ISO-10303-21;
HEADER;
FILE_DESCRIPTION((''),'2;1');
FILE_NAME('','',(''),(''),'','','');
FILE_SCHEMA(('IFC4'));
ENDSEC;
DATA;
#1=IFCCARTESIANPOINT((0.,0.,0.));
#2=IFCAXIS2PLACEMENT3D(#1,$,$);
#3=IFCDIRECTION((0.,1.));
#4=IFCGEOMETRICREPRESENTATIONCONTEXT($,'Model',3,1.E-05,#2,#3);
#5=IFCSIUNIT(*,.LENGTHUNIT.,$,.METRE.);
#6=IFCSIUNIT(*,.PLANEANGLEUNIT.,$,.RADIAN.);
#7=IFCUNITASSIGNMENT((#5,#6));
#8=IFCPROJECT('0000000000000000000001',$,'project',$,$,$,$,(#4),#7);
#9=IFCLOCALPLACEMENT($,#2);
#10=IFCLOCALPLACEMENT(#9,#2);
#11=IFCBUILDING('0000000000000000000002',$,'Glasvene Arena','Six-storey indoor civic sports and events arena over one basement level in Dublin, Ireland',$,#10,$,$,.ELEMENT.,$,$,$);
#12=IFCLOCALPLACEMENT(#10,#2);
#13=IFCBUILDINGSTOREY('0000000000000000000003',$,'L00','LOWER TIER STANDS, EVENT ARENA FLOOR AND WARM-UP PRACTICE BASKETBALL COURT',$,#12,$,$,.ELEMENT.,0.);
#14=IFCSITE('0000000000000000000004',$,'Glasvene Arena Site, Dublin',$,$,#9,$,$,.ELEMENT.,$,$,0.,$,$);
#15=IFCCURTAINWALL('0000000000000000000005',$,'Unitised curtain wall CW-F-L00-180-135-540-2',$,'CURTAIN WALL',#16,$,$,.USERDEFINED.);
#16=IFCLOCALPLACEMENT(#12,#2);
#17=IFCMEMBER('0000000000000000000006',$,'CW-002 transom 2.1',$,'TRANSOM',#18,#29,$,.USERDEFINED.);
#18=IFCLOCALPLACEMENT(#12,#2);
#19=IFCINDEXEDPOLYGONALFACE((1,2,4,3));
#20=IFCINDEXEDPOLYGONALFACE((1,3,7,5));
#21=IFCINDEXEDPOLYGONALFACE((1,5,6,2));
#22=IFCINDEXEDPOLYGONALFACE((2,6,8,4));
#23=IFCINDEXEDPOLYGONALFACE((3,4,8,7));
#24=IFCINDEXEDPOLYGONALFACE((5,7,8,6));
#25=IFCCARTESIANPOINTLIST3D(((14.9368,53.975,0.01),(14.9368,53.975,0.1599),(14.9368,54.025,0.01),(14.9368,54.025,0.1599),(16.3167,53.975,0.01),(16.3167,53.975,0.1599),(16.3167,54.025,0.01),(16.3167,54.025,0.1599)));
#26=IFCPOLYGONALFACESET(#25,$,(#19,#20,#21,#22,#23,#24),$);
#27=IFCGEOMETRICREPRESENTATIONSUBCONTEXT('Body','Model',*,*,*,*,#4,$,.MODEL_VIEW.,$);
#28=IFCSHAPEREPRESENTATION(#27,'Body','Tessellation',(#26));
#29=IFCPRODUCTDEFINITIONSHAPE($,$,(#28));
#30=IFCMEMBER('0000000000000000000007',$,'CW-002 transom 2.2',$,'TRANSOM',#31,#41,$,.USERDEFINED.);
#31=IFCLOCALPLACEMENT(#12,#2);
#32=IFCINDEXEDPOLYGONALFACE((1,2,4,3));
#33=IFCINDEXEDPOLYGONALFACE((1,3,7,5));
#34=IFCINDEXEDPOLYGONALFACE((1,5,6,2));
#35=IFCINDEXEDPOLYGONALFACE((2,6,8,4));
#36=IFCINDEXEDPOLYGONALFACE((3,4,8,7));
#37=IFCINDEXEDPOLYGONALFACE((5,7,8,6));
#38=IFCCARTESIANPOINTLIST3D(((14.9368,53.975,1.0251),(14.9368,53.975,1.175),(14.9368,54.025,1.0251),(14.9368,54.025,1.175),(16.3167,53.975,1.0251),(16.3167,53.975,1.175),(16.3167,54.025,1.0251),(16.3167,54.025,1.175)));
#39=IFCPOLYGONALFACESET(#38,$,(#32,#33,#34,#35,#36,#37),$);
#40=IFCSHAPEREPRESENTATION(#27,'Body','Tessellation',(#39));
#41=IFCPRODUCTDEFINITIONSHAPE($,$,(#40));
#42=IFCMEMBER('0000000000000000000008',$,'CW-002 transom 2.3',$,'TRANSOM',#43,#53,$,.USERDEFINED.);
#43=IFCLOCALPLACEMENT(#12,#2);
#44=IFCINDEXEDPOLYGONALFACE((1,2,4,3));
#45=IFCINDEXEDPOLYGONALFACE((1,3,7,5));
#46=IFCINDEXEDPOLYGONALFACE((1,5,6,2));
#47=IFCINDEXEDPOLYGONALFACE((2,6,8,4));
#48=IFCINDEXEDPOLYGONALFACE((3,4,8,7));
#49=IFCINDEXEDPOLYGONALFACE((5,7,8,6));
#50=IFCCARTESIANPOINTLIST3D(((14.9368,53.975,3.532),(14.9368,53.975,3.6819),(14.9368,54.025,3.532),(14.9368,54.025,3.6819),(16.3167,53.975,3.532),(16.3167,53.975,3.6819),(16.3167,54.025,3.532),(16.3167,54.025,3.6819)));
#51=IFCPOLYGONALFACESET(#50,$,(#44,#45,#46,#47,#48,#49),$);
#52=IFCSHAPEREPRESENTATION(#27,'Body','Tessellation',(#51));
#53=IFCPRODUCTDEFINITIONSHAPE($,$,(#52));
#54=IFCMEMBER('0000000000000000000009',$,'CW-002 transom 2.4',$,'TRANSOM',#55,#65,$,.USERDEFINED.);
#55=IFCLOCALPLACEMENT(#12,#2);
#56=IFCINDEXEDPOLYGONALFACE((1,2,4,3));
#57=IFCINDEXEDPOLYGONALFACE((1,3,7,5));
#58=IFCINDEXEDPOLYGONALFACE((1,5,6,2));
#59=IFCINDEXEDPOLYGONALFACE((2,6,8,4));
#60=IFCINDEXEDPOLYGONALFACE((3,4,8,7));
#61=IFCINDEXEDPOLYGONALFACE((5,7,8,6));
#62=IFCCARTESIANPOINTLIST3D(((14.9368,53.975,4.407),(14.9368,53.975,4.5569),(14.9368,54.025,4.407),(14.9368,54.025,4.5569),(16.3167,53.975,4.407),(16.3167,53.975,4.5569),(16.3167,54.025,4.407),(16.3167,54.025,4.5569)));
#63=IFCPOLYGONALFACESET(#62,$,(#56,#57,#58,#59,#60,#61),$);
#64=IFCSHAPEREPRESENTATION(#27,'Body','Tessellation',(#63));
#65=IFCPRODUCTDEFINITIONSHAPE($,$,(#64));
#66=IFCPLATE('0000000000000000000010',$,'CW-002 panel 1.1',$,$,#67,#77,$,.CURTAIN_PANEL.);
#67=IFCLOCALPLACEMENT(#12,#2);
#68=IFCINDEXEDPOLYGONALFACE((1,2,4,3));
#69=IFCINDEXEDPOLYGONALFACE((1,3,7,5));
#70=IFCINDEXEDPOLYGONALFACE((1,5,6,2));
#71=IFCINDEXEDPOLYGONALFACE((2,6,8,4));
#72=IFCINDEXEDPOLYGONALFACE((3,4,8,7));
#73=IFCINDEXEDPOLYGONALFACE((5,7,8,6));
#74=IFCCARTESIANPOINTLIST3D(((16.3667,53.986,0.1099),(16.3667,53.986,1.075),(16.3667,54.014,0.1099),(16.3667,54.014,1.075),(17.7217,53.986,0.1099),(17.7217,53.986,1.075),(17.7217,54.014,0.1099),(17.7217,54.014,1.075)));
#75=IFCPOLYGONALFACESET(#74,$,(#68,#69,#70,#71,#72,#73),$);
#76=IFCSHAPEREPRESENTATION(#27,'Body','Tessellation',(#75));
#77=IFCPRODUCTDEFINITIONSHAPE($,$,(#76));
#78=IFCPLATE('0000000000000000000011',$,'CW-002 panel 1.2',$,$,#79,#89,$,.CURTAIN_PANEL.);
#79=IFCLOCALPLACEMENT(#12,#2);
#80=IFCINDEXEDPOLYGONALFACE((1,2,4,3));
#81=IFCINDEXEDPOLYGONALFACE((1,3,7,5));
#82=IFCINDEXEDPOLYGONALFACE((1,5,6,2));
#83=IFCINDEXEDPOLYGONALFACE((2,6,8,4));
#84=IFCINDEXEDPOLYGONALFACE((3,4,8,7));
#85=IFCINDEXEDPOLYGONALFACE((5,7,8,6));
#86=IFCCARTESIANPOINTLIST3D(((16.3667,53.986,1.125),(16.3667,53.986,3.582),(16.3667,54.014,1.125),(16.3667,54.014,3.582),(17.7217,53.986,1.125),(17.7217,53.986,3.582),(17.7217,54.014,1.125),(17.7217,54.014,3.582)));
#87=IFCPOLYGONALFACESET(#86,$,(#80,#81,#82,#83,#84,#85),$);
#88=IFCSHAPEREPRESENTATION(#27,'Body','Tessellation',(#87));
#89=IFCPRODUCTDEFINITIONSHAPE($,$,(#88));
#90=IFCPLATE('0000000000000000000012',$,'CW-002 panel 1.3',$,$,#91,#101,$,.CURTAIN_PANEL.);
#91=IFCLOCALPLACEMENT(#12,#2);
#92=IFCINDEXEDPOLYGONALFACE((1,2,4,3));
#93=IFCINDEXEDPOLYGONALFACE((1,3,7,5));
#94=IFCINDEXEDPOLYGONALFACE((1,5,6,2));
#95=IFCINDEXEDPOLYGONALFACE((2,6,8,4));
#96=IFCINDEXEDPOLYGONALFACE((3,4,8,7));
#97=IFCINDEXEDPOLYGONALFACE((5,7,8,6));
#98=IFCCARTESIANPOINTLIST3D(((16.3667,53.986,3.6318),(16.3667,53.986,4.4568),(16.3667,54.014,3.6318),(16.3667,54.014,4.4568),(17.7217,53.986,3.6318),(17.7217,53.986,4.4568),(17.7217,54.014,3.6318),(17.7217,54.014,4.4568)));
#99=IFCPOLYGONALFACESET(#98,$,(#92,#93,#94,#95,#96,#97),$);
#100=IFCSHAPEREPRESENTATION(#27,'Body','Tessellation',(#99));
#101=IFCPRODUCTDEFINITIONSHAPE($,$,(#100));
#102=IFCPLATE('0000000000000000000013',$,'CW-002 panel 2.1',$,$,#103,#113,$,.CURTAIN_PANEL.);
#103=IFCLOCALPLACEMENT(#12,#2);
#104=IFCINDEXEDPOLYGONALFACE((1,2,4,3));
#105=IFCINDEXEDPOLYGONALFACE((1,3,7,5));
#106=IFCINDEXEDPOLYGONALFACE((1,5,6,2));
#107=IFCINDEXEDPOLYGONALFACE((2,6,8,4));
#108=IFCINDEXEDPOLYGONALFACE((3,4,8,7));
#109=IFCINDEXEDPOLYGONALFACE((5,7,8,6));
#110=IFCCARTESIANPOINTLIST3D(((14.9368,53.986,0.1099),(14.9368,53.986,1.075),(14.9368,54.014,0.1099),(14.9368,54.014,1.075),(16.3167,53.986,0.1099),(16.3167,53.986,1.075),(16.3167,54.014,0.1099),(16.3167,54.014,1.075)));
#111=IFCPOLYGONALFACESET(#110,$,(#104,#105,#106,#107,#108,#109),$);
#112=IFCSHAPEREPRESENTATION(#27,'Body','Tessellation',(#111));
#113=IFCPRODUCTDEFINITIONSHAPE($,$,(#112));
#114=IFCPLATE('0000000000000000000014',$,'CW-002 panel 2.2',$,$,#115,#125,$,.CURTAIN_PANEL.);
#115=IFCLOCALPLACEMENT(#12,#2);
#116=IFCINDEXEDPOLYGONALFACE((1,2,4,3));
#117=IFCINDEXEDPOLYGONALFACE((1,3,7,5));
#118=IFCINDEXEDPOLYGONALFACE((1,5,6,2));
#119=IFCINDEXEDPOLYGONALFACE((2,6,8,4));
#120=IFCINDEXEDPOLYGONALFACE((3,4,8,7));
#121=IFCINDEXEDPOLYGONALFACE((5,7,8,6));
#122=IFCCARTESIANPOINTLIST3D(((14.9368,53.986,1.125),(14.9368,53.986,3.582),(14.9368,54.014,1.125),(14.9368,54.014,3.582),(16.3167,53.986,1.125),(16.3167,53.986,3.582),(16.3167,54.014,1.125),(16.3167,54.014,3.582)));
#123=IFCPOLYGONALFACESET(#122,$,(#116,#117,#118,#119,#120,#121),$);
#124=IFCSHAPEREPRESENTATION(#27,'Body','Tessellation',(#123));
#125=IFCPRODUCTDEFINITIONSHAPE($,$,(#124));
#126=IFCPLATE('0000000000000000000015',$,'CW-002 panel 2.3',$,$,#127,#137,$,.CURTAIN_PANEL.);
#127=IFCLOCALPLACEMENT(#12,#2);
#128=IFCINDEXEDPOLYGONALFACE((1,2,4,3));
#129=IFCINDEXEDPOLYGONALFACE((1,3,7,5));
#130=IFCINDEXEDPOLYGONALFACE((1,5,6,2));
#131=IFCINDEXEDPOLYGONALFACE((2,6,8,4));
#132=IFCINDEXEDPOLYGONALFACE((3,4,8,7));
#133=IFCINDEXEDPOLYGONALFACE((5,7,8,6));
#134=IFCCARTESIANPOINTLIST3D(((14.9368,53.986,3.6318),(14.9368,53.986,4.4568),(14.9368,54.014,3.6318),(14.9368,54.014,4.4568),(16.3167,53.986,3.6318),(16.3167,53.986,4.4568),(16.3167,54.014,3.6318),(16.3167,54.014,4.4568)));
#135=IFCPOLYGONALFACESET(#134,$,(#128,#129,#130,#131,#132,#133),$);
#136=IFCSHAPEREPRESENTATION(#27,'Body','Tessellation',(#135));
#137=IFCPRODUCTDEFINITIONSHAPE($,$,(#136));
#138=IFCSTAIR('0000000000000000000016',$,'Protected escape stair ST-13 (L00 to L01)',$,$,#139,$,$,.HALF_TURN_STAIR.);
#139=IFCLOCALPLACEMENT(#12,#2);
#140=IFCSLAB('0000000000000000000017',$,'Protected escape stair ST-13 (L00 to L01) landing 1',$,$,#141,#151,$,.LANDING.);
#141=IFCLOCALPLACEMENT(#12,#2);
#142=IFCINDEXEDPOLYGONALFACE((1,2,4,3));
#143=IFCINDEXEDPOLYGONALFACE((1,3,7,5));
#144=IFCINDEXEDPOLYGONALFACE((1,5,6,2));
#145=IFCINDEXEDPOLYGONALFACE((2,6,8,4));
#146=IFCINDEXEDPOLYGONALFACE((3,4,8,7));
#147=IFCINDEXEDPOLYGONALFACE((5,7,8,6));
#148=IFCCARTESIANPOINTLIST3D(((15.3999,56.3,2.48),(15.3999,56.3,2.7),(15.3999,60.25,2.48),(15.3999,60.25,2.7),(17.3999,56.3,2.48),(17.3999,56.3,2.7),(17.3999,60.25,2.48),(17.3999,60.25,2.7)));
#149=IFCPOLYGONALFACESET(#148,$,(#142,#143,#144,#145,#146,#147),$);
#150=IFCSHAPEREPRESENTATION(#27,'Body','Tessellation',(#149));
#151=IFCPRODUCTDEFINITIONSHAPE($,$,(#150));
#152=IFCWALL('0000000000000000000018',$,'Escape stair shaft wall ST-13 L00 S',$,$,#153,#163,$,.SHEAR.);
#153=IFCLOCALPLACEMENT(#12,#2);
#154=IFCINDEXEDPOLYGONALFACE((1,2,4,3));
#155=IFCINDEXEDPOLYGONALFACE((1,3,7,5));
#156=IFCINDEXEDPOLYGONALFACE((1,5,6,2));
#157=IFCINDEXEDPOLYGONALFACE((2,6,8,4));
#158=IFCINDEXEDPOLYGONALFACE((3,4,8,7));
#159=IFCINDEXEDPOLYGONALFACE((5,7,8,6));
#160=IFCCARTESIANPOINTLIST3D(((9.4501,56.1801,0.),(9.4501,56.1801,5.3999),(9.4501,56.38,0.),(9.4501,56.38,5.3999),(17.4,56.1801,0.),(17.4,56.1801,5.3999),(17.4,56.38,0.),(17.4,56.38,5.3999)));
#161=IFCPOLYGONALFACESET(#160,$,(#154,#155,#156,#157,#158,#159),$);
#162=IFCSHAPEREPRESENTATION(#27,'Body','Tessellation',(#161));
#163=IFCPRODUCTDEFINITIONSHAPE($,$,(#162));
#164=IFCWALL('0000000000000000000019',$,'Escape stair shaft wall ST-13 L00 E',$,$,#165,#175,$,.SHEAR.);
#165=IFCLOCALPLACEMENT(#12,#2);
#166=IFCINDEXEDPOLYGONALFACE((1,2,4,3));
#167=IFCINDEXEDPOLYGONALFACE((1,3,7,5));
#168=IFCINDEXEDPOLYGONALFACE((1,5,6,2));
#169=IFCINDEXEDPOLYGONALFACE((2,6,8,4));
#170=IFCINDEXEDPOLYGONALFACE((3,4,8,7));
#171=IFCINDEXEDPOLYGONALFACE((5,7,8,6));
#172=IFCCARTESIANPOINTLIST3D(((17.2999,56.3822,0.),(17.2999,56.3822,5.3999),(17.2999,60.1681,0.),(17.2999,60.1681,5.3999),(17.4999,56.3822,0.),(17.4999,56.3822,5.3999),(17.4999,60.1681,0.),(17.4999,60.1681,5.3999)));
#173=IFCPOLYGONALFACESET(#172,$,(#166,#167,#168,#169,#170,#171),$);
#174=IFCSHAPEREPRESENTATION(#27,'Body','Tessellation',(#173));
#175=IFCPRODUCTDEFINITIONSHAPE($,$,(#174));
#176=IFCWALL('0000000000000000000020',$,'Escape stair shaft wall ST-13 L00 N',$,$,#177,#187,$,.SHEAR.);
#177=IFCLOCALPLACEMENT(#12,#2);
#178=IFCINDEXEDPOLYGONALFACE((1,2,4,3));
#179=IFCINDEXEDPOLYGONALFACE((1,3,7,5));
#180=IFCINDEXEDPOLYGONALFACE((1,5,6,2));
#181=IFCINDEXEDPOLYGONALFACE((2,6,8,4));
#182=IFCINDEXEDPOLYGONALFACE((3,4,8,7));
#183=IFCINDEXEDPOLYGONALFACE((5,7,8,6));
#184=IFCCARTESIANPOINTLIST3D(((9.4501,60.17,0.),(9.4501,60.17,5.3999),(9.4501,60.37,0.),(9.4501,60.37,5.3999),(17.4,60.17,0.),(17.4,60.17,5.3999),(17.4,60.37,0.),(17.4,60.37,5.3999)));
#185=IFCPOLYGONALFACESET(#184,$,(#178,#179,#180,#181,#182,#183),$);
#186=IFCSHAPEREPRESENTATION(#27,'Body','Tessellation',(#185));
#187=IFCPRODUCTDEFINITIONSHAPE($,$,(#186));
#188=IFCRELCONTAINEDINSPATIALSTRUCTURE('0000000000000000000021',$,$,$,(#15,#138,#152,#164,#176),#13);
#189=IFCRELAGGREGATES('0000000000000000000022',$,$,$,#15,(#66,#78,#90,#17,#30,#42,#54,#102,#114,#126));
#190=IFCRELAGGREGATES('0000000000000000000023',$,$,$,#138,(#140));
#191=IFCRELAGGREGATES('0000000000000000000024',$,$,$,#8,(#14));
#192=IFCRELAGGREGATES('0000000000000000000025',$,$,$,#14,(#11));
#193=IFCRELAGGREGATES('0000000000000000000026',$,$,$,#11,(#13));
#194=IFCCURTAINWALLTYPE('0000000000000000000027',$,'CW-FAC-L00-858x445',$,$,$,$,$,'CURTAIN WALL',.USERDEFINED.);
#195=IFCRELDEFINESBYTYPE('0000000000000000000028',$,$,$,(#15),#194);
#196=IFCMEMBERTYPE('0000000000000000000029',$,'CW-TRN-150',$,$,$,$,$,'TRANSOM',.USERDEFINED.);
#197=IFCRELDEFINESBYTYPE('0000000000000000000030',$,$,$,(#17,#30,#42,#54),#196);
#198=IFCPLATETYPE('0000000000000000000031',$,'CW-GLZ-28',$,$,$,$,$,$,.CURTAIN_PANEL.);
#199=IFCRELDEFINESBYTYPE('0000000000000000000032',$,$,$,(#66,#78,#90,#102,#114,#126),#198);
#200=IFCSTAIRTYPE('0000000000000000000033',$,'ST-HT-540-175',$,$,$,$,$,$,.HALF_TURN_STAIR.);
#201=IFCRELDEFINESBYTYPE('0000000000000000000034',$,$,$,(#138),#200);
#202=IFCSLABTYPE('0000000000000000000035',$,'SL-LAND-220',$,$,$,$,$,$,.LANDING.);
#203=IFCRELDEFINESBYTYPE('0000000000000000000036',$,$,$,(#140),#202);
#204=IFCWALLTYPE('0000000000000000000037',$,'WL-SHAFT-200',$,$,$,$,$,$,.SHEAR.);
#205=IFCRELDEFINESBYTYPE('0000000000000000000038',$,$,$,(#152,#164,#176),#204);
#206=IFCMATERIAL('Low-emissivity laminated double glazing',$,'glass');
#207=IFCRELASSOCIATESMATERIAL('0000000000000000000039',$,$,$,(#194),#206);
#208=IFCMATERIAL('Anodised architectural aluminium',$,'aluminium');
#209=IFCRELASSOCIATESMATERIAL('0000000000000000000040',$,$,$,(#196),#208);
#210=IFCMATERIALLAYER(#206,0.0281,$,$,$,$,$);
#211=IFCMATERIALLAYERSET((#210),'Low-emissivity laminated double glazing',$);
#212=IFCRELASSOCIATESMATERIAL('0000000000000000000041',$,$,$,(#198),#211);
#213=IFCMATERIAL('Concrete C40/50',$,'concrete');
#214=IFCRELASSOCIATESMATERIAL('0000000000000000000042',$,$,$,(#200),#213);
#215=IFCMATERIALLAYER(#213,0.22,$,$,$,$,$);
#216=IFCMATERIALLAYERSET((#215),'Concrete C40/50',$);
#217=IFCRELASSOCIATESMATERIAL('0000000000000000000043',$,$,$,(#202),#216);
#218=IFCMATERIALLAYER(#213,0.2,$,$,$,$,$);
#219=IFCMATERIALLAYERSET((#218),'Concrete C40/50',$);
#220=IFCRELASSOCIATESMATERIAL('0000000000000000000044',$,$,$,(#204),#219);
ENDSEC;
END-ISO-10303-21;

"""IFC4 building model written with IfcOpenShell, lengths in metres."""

from ifc_helpers import new_model, si_unit, direction, frame, frame_2d, origin, origin_2d, place, context, subcontext, project, spatial, polyline, rectangle, outline, extrude, material, layer, layer_set, material_profile, profile_set, type_object, element, aggregate, save


model = new_model("IFC4")

# Units and contexts
model_context = context("Model", 3, precision=1e-05, world=origin(), true_north=direction((0.0, 1.0)))
body_context = subcontext(model_context, "Body", "Model", "MODEL_VIEW")
ifc_project = project(units=[si_unit("LENGTHUNIT", "METRE"), si_unit("PLANEANGLEUNIT", "RADIAN")], contexts=[model_context])

# Site, building, storey
site_placement = place(None, origin())
site = spatial("IfcSite", under=ifc_project, at=site_placement, Name="Glasvene Arena Site, Dublin", CompositionType="ELEMENT", RefElevation=0.0)
building_placement = place(site_placement, origin())
building = spatial("IfcBuilding", under=site, at=building_placement, Name="Glasvene Arena", Description="Six-storey indoor civic sports and events arena over one basement level in Dublin, Ireland", CompositionType="ELEMENT")
storey_placement = place(building_placement, origin())
storey = spatial("IfcBuildingStorey", under=building, at=storey_placement, Name="L00", Description="LOWER TIER STANDS, EVENT ARENA FLOOR AND WARM-UP PRACTICE BASKETBALL COURT", CompositionType="ELEMENT", Elevation=0.0)

# Curtain wall, members, plates
ifc_material_1 = material(Name="Low-emissivity laminated double glazing", Category="glass")
curtain_wall_type = type_object("IfcCurtainWallType", Name="CW-FAC-L00-858x445", ElementType="CURTAIN WALL", PredefinedType="USERDEFINED", material=ifc_material_1)
curtain_wall_placement = place(storey_placement, frame((17.7717, 54.0, 0.0)))
curtain_wall = element("IfcCurtainWall", 1, at=curtain_wall_placement, inside=storey, type_object=curtain_wall_type, Name="Unitised curtain wall CW-F-L00-180-135-540-2", ObjectType="CURTAIN WALL", PredefinedType="USERDEFINED")
ifc_material_2 = material(Name="Anodised architectural aluminium", Category="aluminium")
ifc_material_profile_1 = material_profile(ifc_material_2, rectangle(XDim=0.05, YDim=0.1499, at=origin_2d()), Name="ALU TRANSOM 50x150")
ifc_profile_set_1 = profile_set([ifc_material_profile_1], Name="Anodised architectural aluminium")
member_type_1 = type_object("IfcMemberType", Name="CW-TRN-150", ElementType="TRANSOM", PredefinedType="USERDEFINED", material=ifc_profile_set_1)
member_1_placement = place(storey_placement, frame((16.3167, 54.0, 0.085), z_axis=(-1.0, 0.0, 0.0), x_axis=(0.0, -1.0, 0.0)))
member_1 = element("IfcMember", 2, at=member_1_placement, type_object=member_type_1, Name="CW-002 transom 2.1", ObjectType="TRANSOM", PredefinedType="USERDEFINED", context=body_context, shape_type="SweptSolid", body=[
    extrude(rectangle(XDim=0.05, YDim=0.1499, at=origin_2d()), origin(), (0.0, 0.0, 1.0), 1.3799),
])
member_2_placement = place(storey_placement, frame((16.3167, 54.0, 1.1001), z_axis=(-1.0, 0.0, 0.0), x_axis=(0.0, -1.0, 0.0)))
member_2 = element("IfcMember", 3, at=member_2_placement, type_object=member_type_1, Name="CW-002 transom 2.2", ObjectType="TRANSOM", PredefinedType="USERDEFINED", context=body_context, shape_type="SweptSolid", body=[
    extrude(rectangle(XDim=0.05, YDim=0.1499, at=origin_2d()), origin(), (0.0, 0.0, 1.0), 1.3799),
])
member_3_placement = place(storey_placement, frame((16.3167, 54.0, 3.6069), z_axis=(-1.0, 0.0, 0.0), x_axis=(0.0, -1.0, 0.0)))
member_3 = element("IfcMember", 4, at=member_3_placement, type_object=member_type_1, Name="CW-002 transom 2.3", ObjectType="TRANSOM", PredefinedType="USERDEFINED", context=body_context, shape_type="SweptSolid", body=[
    extrude(rectangle(XDim=0.05, YDim=0.1499, at=origin_2d()), origin(), (0.0, 0.0, 1.0), 1.3799),
])
member_4_placement = place(storey_placement, frame((16.3167, 54.0, 4.4819), z_axis=(-1.0, 0.0, 0.0), x_axis=(0.0, -1.0, 0.0)))
member_4 = element("IfcMember", 5, at=member_4_placement, type_object=member_type_1, Name="CW-002 transom 2.4", ObjectType="TRANSOM", PredefinedType="USERDEFINED", context=body_context, shape_type="SweptSolid", body=[
    extrude(rectangle(XDim=0.05, YDim=0.1499, at=origin_2d()), origin(), (0.0, 0.0, 1.0), 1.3799),
])
ifc_layer_1 = layer(ifc_material_1, 0.0281)
ifc_layer_set_1 = layer_set([ifc_layer_1], Name="Low-emissivity laminated double glazing")
plate_type = type_object("IfcPlateType", Name="CW-GLZ-28", PredefinedType="CURTAIN_PANEL", material=ifc_layer_set_1)
plate_1_placement = place(storey_placement, frame((17.0442, 54.0, 0.1099), z_axis=(0.0, 0.0, 1.0), x_axis=(-1.0, 0.0, 0.0)))
plate_1 = element("IfcPlate", 6, at=plate_1_placement, type_object=plate_type, Name="CW-002 panel 1.1", PredefinedType="CURTAIN_PANEL", context=body_context, shape_type="SweptSolid", body=[
    extrude(rectangle(XDim=1.355, YDim=0.0281, at=origin_2d()), origin(), (0.0, 0.0, 1.0), 0.9651),
])
plate_2_placement = place(storey_placement, frame((17.0442, 54.0, 1.125), z_axis=(0.0, 0.0, 1.0), x_axis=(-1.0, 0.0, 0.0)))
plate_2 = element("IfcPlate", 7, at=plate_2_placement, type_object=plate_type, Name="CW-002 panel 1.2", PredefinedType="CURTAIN_PANEL", context=body_context, shape_type="SweptSolid", body=[
    extrude(rectangle(XDim=1.355, YDim=0.0281, at=origin_2d()), origin(), (0.0, 0.0, 1.0), 2.457),
])
plate_3_placement = place(storey_placement, frame((17.0442, 54.0, 3.6318), z_axis=(0.0, 0.0, 1.0), x_axis=(-1.0, 0.0, 0.0)))
plate_3 = element("IfcPlate", 8, at=plate_3_placement, type_object=plate_type, Name="CW-002 panel 1.3", PredefinedType="CURTAIN_PANEL", context=body_context, shape_type="SweptSolid", body=[
    extrude(rectangle(XDim=1.355, YDim=0.0281, at=origin_2d()), origin(), (0.0, 0.0, 1.0), 0.825),
])
plate_4_placement = place(storey_placement, frame((15.6267, 54.0, 0.1099), z_axis=(0.0, 0.0, 1.0), x_axis=(-1.0, 0.0, 0.0)))
plate_4 = element("IfcPlate", 9, at=plate_4_placement, type_object=plate_type, Name="CW-002 panel 2.1", PredefinedType="CURTAIN_PANEL", context=body_context, shape_type="SweptSolid", body=[
    extrude(rectangle(XDim=1.3799, YDim=0.0281, at=origin_2d()), origin(), (0.0, 0.0, 1.0), 0.9651),
])
plate_5_placement = place(storey_placement, frame((15.6267, 54.0, 1.125), z_axis=(0.0, 0.0, 1.0), x_axis=(-1.0, 0.0, 0.0)))
plate_5 = element("IfcPlate", 10, at=plate_5_placement, type_object=plate_type, Name="CW-002 panel 2.2", PredefinedType="CURTAIN_PANEL", context=body_context, shape_type="SweptSolid", body=[
    extrude(rectangle(XDim=1.3799, YDim=0.0281, at=origin_2d()), origin(), (0.0, 0.0, 1.0), 2.457),
])
plate_6_placement = place(storey_placement, frame((15.6267, 54.0, 3.6318), z_axis=(0.0, 0.0, 1.0), x_axis=(-1.0, 0.0, 0.0)))
plate_6 = element("IfcPlate", 11, at=plate_6_placement, type_object=plate_type, Name="CW-002 panel 2.3", PredefinedType="CURTAIN_PANEL", context=body_context, shape_type="SweptSolid", body=[
    extrude(rectangle(XDim=1.3799, YDim=0.0281, at=origin_2d()), origin(), (0.0, 0.0, 1.0), 0.825),
])
aggregate(curtain_wall, [plate_1, plate_2, plate_3, member_1, member_2, member_3, member_4, plate_4, plate_5, plate_6])

# Shared definitions
ifc_material_3 = material(Name="Concrete C40/50", Category="concrete")

# Stair, slab
stair_type = type_object("IfcStairType", Name="ST-HT-540-175", PredefinedType="HALF_TURN_STAIR", material=ifc_material_3)
stair_placement = place(storey_placement, origin())
stair = element("IfcStair", 12, at=stair_placement, inside=storey, type_object=stair_type, Name="Protected escape stair ST-13 (L00 to L01)", PredefinedType="HALF_TURN_STAIR")
ifc_layer_2 = layer(ifc_material_3, 0.22)
ifc_layer_set_2 = layer_set([ifc_layer_2], Name="Concrete C40/50")
slab_type_1 = type_object("IfcSlabType", Name="SL-LAND-220", PredefinedType="LANDING", material=ifc_layer_set_2)
slab_1_placement = place(storey_placement, frame((16.3999, 58.2749, 2.48)))
slab_1 = element("IfcSlab", 13, at=slab_1_placement, type_object=slab_type_1, Name="Protected escape stair ST-13 (L00 to L01) landing 1", PredefinedType="LANDING", context=body_context, shape_type="SweptSolid", body=[
    extrude(outline(polyline([(-1.0, -1.9749), (1.0, -1.9749), (1.0, 1.9751), (-1.0, 1.9751), (-1.0, -1.9749)])), origin(), (0.0, 0.0, 1.0), 0.22),
])

# Wall
ifc_layer_3 = layer(ifc_material_3, 0.2)
ifc_layer_set_3 = layer_set([ifc_layer_3], Name="Concrete C40/50")
wall_type_1 = type_object("IfcWallType", Name="WL-SHAFT-200", PredefinedType="SHEAR", material=ifc_layer_set_3)
wall_1_placement = place(storey_placement, frame((9.45, 56.28, 0.0), z_axis=(0.0, 0.0, 1.0), x_axis=(1.0, 0.0, 0.0)))
element("IfcWall", 14, at=wall_1_placement, inside=storey, type_object=wall_type_1, Name="Escape stair shaft wall ST-13 L00 S", PredefinedType="SHEAR", context=body_context, shape_type="SweptSolid", body=[
    extrude(rectangle(XDim=7.95, YDim=0.2, at=frame_2d((3.9751, 0.0))), origin(), (0.0, 0.0, 1.0), 5.3999),
])

# Walls
wall_2_placement = place(storey_placement, frame((17.3999, 56.3821, 0.0), z_axis=(0.0, 0.0, 1.0), x_axis=(0.0, 1.0, 0.0)))
element("IfcWall", 15, at=wall_2_placement, inside=storey, type_object=wall_type_1, Name="Escape stair shaft wall ST-13 L00 E", PredefinedType="SHEAR", context=body_context, shape_type="SweptSolid", body=[
    extrude(rectangle(XDim=3.7859, YDim=0.2, at=frame_2d((1.8931, 0.0))), origin(), (0.0, 0.0, 1.0), 5.3999),
])
wall_3_placement = place(storey_placement, frame((9.45, 60.27, 0.0), z_axis=(0.0, 0.0, 1.0), x_axis=(1.0, 0.0, 0.0)))
element("IfcWall", 16, at=wall_3_placement, inside=storey, type_object=wall_type_1, Name="Escape stair shaft wall ST-13 L00 N", PredefinedType="SHEAR", context=body_context, shape_type="SweptSolid", body=[
    extrude(rectangle(XDim=7.95, YDim=0.2, at=frame_2d((3.9751, 0.0))), origin(), (0.0, 0.0, 1.0), 5.3999),
])

aggregate(stair, [slab_1])

save(model, "model.ifc")
